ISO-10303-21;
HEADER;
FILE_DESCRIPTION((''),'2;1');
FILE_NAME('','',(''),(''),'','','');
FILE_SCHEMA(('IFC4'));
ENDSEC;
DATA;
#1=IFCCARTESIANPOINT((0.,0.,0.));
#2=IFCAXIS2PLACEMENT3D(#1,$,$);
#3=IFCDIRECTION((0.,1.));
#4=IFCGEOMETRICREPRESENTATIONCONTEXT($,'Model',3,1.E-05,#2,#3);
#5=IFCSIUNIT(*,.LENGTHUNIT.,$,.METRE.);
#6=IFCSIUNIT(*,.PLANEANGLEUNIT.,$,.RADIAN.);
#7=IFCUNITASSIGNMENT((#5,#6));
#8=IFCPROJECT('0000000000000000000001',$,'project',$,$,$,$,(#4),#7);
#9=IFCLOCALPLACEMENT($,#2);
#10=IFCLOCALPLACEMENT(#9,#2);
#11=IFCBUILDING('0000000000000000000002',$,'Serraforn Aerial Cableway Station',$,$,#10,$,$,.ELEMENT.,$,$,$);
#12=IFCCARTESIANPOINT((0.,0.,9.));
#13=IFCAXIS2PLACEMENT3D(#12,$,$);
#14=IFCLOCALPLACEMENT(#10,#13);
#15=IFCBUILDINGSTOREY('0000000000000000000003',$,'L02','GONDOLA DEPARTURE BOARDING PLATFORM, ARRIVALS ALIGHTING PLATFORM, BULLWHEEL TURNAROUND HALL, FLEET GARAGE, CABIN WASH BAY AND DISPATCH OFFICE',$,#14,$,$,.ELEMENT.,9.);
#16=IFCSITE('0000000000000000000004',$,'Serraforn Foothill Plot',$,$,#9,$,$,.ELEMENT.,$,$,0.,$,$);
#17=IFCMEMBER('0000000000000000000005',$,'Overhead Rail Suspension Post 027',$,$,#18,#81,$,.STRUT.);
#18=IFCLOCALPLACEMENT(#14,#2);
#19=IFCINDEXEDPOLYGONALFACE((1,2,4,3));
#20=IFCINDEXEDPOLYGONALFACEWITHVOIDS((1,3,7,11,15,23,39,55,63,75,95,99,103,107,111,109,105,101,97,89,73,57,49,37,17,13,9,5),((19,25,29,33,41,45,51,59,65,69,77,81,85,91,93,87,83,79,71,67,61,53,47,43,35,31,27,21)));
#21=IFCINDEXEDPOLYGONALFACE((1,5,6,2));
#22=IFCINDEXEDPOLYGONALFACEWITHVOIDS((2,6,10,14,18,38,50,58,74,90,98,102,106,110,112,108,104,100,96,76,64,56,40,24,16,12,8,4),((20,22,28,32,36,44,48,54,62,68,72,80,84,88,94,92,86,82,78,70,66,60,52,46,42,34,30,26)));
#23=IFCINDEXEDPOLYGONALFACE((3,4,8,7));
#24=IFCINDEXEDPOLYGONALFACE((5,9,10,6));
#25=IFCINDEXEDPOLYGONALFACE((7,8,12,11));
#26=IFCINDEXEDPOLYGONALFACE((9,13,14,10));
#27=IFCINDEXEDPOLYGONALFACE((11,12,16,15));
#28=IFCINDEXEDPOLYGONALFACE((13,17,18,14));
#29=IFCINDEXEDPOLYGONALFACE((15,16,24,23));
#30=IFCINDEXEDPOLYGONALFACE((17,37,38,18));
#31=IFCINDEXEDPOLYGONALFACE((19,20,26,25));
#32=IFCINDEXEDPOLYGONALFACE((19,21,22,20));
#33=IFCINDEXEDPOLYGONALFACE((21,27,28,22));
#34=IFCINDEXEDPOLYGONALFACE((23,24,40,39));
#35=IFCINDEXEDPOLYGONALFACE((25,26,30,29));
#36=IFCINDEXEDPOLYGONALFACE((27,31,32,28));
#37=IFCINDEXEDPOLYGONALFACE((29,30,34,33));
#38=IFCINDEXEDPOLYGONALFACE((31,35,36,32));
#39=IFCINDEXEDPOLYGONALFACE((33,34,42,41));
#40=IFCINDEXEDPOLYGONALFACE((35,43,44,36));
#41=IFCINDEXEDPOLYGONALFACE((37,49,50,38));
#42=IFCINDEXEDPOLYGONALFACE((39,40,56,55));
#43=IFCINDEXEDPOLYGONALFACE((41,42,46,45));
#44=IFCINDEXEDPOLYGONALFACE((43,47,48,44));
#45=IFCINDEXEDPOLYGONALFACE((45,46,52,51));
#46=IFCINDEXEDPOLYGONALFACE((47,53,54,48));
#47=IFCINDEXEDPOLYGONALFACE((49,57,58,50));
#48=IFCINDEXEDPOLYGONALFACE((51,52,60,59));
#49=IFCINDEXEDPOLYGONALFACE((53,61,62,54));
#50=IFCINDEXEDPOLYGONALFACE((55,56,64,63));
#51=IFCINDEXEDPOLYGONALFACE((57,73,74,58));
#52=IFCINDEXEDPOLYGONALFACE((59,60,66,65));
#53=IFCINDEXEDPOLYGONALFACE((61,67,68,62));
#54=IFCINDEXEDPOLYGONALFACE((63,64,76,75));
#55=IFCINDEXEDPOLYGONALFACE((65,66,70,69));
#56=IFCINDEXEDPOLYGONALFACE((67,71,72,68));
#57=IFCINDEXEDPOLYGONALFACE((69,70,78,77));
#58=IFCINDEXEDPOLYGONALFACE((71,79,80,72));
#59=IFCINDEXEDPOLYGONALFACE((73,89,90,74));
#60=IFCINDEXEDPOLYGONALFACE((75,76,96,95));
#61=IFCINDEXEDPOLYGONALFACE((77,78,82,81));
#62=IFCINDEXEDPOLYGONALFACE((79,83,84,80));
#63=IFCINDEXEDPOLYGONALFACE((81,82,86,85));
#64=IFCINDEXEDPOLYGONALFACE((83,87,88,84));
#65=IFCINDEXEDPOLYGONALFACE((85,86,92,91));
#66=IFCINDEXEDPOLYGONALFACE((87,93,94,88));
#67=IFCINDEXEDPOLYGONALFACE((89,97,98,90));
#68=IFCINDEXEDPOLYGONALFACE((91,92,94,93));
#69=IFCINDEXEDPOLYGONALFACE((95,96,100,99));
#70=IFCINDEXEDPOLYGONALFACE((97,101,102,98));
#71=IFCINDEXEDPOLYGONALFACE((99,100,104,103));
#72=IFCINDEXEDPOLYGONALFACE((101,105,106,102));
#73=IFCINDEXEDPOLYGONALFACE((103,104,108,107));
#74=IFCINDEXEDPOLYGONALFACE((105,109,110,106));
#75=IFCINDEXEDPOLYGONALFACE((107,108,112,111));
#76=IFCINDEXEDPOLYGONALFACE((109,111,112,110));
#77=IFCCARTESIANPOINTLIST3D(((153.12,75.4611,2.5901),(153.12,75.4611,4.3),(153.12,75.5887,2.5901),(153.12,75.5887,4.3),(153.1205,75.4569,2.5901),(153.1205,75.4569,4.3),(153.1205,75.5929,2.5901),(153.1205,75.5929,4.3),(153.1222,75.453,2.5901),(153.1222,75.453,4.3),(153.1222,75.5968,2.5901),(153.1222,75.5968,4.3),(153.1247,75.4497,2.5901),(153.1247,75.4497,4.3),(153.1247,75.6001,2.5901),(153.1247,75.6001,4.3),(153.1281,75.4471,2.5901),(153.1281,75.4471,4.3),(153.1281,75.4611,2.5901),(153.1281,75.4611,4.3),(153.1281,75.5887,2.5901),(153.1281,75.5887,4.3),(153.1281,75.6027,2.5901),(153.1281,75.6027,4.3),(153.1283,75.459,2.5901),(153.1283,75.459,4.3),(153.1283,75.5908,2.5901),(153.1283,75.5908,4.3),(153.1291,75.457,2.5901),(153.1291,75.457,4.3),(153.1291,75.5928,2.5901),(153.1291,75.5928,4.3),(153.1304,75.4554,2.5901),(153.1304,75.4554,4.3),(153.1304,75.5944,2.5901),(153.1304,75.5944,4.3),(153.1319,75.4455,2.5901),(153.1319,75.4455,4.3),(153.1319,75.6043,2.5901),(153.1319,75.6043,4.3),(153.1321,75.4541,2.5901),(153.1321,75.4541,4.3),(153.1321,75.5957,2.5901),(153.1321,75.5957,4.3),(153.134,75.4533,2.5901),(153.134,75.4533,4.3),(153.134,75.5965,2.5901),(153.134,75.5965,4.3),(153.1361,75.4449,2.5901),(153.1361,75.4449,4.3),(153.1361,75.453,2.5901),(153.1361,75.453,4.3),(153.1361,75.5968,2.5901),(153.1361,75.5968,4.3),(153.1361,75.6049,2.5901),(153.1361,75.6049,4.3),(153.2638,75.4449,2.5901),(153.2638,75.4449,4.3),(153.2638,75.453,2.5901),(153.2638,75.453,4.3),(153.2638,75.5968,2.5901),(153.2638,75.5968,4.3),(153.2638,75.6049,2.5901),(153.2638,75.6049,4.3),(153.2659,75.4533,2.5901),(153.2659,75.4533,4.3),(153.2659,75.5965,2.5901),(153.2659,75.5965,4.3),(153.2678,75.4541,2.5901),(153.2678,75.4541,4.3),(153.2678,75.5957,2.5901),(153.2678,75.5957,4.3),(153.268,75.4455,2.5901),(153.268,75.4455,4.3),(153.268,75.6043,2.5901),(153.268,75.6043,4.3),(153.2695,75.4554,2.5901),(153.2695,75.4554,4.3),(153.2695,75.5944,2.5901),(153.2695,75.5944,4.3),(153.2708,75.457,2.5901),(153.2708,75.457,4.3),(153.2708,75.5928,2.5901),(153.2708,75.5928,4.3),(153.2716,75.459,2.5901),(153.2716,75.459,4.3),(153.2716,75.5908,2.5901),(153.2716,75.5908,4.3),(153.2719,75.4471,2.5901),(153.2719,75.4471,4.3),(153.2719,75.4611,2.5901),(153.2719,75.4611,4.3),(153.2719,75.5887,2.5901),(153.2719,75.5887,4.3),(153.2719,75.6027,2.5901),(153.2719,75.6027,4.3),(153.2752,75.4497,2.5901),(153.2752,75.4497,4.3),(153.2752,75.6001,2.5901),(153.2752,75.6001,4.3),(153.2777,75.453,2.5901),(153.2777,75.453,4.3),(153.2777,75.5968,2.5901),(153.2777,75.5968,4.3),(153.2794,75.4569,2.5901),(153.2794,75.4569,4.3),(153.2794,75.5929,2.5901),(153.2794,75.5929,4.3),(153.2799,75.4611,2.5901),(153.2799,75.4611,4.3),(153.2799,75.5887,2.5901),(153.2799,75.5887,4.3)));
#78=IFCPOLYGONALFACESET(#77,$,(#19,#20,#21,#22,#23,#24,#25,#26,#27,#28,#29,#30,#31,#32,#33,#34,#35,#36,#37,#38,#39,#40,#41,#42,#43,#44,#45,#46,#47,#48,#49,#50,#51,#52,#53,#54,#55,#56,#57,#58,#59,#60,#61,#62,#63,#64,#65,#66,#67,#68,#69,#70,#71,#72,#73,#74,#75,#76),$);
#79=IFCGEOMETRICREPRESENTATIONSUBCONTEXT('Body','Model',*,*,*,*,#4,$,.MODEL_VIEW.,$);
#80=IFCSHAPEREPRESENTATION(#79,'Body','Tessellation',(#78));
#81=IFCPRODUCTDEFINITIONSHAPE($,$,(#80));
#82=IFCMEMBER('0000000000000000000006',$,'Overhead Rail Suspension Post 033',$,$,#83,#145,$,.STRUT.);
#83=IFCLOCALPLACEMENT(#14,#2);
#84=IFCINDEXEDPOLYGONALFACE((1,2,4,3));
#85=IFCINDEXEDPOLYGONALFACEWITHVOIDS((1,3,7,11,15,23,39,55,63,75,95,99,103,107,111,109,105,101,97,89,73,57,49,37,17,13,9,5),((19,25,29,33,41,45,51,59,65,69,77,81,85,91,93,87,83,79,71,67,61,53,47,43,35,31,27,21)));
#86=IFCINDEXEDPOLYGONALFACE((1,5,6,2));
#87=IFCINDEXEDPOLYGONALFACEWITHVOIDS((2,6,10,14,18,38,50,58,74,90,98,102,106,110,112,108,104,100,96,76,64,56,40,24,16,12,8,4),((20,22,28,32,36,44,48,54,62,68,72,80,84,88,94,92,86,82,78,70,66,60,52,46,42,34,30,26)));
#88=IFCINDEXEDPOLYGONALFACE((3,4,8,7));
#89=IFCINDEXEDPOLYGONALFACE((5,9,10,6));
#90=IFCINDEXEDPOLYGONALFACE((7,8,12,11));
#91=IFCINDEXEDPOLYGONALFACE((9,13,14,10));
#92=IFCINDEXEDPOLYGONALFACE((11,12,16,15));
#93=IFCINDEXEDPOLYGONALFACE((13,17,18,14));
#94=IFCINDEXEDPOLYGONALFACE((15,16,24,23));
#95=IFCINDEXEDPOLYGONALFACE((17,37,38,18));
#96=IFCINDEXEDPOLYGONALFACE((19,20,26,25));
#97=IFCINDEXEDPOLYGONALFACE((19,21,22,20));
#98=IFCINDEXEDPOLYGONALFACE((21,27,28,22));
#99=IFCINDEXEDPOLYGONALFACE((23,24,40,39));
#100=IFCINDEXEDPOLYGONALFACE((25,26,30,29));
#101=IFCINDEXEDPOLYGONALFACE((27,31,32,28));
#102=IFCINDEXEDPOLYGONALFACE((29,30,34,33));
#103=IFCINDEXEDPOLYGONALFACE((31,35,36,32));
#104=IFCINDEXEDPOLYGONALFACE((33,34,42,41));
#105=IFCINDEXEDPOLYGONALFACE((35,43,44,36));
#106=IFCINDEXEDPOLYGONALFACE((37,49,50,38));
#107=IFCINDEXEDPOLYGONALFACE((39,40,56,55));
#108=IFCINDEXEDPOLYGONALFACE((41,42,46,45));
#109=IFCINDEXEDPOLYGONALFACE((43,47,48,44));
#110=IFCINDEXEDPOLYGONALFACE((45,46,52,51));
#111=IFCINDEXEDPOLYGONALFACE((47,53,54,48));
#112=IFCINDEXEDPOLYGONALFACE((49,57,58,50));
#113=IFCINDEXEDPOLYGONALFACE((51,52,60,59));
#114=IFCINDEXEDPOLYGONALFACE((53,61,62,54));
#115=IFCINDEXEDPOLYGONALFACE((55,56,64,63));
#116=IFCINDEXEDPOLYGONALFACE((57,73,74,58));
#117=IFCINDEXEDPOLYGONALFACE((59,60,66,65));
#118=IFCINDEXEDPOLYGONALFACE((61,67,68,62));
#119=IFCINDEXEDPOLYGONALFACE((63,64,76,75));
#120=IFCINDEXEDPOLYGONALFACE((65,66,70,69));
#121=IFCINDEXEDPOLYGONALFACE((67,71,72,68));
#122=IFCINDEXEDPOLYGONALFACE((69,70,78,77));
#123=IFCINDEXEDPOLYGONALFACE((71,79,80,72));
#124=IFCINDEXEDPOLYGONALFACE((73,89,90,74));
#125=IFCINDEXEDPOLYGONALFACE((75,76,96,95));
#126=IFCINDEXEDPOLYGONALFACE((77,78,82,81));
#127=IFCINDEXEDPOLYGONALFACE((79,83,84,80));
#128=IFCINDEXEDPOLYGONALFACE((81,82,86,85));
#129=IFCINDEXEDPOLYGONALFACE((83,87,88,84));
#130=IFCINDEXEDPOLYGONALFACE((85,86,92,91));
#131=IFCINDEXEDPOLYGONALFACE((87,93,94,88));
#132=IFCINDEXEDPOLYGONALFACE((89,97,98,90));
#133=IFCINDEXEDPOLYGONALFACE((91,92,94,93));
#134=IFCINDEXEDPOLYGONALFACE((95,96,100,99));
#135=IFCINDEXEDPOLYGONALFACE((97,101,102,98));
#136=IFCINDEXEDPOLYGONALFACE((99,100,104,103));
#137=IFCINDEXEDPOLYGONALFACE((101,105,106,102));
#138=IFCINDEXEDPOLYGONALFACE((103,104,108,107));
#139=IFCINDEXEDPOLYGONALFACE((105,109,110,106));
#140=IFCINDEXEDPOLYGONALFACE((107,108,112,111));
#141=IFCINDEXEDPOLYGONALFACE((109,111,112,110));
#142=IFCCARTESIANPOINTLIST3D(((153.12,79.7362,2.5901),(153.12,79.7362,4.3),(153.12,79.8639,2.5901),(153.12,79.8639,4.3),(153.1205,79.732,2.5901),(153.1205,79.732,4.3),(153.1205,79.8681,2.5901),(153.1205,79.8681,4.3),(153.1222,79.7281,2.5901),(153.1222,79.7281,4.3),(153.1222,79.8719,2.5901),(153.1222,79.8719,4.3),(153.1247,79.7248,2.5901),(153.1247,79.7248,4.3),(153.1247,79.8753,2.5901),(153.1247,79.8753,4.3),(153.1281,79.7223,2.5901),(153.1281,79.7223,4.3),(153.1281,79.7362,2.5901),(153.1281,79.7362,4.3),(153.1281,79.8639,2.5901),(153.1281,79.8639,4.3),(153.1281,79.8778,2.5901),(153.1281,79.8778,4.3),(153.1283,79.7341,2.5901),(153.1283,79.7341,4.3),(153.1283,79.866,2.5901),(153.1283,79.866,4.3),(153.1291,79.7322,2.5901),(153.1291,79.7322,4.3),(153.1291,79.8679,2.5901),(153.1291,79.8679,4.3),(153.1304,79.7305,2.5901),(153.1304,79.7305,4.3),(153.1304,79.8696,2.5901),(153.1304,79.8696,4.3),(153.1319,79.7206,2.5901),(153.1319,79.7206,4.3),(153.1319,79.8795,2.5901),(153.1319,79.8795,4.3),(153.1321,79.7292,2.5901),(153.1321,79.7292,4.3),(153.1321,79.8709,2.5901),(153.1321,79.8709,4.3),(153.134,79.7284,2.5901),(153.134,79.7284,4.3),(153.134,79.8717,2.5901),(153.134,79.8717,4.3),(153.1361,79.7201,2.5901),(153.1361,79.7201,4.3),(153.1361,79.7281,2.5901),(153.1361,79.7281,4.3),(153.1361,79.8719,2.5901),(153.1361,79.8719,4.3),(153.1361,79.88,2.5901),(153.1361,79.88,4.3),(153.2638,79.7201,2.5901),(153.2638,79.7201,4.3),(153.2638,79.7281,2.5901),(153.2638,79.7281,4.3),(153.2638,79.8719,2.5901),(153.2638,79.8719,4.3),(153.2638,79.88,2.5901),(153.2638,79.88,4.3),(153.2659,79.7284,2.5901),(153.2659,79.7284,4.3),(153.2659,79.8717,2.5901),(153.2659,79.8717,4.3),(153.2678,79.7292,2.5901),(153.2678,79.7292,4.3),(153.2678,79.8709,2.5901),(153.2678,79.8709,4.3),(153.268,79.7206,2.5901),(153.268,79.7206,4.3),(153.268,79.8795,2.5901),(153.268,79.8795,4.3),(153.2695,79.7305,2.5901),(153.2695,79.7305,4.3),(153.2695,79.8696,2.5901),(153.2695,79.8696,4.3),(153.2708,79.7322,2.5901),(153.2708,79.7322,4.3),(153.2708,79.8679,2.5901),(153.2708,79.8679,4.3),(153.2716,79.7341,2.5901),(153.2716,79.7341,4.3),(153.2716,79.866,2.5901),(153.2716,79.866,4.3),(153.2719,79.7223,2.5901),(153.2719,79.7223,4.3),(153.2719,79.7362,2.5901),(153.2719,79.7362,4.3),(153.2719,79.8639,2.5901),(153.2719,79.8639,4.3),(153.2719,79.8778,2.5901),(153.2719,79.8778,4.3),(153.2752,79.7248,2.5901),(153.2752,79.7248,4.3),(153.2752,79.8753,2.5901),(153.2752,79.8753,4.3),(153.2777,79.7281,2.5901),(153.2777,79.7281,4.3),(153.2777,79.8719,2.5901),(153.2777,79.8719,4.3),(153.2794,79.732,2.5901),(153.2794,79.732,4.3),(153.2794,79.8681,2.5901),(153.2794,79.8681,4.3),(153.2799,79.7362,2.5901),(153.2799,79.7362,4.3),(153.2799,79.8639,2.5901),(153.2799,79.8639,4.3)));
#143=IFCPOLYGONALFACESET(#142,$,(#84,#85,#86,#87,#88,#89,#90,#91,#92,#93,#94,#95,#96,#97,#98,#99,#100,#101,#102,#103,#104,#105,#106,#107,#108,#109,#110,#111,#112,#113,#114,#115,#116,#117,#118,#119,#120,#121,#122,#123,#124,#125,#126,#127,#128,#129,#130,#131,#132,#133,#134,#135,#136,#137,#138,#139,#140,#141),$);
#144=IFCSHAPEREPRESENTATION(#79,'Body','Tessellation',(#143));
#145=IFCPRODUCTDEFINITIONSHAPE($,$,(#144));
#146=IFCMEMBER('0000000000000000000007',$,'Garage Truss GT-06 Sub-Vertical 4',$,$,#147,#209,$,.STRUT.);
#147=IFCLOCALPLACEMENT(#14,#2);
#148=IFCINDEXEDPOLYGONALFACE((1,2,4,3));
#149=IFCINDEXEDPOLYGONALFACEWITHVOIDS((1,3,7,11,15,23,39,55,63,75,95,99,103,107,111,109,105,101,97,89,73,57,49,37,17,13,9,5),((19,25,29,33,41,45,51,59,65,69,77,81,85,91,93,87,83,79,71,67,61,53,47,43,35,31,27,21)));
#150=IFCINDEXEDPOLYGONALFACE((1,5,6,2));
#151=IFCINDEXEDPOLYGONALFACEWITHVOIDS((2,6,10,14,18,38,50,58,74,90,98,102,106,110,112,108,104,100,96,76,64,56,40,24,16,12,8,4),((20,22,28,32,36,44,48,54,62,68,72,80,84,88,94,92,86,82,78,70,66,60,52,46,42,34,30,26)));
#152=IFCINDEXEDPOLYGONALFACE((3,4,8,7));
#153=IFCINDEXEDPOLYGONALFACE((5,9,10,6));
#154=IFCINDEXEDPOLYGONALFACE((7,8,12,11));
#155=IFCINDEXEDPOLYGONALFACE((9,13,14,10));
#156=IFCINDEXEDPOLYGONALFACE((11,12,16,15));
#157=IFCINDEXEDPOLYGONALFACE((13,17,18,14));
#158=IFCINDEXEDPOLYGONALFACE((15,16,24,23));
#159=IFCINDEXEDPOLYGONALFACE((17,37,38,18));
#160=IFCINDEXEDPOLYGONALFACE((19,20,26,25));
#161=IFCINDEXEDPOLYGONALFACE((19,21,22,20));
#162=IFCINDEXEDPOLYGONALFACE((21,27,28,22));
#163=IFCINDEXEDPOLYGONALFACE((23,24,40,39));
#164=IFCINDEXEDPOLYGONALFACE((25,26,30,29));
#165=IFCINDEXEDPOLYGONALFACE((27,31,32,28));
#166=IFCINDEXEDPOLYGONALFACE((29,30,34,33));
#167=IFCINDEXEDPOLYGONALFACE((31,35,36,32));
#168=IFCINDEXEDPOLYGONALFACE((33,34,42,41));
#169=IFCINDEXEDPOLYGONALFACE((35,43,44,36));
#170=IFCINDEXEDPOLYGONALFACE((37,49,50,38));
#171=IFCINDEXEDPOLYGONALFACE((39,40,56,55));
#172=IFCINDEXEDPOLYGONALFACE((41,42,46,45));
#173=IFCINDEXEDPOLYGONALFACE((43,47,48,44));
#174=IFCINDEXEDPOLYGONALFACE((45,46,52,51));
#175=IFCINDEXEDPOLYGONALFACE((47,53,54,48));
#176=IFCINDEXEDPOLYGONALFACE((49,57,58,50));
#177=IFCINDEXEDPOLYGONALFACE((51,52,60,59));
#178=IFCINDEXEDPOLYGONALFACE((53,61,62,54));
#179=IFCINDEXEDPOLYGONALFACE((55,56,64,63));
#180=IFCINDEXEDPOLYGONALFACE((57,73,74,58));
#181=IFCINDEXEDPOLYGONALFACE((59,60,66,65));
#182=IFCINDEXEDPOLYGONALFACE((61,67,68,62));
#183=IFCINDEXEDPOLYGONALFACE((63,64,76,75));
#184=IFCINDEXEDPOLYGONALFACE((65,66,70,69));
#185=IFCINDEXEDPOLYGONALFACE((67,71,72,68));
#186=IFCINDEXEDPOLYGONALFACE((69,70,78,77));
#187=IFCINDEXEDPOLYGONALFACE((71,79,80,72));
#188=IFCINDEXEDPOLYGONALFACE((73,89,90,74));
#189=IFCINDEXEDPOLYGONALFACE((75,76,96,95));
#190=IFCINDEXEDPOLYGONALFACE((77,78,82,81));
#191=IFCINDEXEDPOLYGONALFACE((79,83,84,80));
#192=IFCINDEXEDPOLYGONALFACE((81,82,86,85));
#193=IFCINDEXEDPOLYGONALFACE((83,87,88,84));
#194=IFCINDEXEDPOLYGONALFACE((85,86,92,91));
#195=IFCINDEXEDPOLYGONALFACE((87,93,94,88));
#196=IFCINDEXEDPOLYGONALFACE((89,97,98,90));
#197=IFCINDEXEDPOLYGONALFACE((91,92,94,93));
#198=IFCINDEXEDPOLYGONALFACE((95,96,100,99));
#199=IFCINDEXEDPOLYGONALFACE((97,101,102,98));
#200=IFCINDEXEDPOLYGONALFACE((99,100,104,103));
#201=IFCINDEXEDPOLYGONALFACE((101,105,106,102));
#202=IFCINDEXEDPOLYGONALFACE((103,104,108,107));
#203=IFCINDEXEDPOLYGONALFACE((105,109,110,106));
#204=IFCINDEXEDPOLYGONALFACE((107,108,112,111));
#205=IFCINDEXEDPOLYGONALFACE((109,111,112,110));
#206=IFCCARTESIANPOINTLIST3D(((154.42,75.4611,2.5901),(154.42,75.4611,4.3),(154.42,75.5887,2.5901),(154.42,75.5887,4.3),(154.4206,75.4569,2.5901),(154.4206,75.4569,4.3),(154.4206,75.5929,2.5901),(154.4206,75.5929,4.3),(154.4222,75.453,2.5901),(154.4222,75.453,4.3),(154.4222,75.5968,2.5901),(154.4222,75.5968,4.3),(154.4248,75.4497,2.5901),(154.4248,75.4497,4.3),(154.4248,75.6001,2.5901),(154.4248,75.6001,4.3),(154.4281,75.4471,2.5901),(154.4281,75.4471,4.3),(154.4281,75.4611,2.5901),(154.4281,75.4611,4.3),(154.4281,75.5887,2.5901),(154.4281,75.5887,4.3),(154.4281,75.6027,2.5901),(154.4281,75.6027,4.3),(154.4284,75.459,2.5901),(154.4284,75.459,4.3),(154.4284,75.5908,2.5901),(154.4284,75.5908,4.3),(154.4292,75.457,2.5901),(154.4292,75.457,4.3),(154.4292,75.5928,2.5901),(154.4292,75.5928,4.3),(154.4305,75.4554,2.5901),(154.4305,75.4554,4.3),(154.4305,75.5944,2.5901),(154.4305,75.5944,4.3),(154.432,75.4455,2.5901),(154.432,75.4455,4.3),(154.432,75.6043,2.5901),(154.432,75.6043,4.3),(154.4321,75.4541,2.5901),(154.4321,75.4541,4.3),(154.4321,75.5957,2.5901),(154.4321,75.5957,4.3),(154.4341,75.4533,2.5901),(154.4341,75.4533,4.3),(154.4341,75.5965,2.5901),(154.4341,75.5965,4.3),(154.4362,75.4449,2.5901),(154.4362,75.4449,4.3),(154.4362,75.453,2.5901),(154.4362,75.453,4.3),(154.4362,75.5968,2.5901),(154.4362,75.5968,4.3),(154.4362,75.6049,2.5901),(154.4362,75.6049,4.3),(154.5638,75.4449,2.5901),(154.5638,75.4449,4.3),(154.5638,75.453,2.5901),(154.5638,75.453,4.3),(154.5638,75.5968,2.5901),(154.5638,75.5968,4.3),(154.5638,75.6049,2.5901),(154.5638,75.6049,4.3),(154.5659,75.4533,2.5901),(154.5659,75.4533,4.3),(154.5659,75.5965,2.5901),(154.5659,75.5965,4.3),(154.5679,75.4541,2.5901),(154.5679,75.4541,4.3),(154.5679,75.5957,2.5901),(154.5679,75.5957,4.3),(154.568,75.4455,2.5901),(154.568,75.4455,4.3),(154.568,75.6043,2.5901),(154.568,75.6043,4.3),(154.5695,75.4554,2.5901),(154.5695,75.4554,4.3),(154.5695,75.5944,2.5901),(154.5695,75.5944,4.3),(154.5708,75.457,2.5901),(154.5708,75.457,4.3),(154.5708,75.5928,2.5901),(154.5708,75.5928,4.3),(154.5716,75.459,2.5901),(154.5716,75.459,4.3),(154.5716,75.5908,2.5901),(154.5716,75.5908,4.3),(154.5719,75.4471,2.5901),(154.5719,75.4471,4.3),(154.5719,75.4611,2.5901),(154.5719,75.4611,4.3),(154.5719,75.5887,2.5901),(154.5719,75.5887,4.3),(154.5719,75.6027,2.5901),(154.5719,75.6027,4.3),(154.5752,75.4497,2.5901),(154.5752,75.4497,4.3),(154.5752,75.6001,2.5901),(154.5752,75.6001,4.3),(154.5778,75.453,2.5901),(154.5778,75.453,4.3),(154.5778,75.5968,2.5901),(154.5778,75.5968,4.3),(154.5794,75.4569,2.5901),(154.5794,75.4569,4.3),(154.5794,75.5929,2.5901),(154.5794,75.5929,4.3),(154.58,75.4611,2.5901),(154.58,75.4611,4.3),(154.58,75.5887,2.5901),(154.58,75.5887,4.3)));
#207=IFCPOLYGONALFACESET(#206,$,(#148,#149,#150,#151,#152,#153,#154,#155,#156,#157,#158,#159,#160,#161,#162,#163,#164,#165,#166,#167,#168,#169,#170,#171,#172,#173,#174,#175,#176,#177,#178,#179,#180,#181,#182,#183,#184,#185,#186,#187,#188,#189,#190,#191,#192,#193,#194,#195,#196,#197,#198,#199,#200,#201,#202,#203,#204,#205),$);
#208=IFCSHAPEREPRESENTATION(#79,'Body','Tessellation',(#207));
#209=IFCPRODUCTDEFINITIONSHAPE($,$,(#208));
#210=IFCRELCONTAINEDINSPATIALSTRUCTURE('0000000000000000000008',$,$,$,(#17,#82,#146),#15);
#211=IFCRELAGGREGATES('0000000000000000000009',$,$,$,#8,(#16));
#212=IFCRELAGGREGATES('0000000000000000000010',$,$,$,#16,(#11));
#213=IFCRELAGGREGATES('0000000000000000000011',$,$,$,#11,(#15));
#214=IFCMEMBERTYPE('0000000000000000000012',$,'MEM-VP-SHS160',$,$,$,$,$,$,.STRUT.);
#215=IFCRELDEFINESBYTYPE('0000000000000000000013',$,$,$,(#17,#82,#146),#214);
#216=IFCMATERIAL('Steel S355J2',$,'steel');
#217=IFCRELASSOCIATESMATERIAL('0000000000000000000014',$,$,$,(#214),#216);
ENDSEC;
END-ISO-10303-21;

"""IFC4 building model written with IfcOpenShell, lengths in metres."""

from ifc_helpers import new_model, si_unit, direction, frame, origin, origin_2d, place, context, subcontext, project, spatial, hollow_rectangle, extrude, material, material_profile, profile_set, type_object, element, save


model = new_model("IFC4")

# Units and contexts
model_context = context("Model", 3, precision=1e-05, world=origin(), true_north=direction((0.0, 1.0)))
body_context = subcontext(model_context, "Body", "Model", "MODEL_VIEW")
ifc_project = project(units=[si_unit("LENGTHUNIT", "METRE"), si_unit("PLANEANGLEUNIT", "RADIAN")], contexts=[model_context])

# Site, building, storey
site_placement = place(None, origin())
site = spatial("IfcSite", under=ifc_project, at=site_placement, Name="Serraforn Foothill Plot", CompositionType="ELEMENT", RefElevation=0.0)
building_placement = place(site_placement, origin())
building = spatial("IfcBuilding", under=site, at=building_placement, Name="Serraforn Aerial Cableway Station", CompositionType="ELEMENT")
storey_placement = place(building_placement, frame((0.0, 0.0, 9.0)))
storey = spatial("IfcBuildingStorey", under=building, at=storey_placement, Name="L02", Description="GONDOLA DEPARTURE BOARDING PLATFORM, ARRIVALS ALIGHTING PLATFORM, BULLWHEEL TURNAROUND HALL, FLEET GARAGE, CABIN WASH BAY AND DISPATCH OFFICE", CompositionType="ELEMENT", Elevation=9.0)

# Members
ifc_material_1 = material(Name="Steel S355J2", Category="steel")
ifc_material_profile_1 = material_profile(ifc_material_1, hollow_rectangle(XDim=0.1599, YDim=0.1599, WallThickness=0.0081, InnerFilletRadius=0.0081, OuterFilletRadius=0.0161, at=origin_2d()), Name="SHS 160x160x8.0")
ifc_profile_set_1 = profile_set([ifc_material_profile_1], Name="Steel S355J2")
member_type_1 = type_object("IfcMemberType", Name="MEM-VP-SHS160", PredefinedType="STRUT", material=ifc_profile_set_1)
for number, where, z_axis, x_axis, name in (
    (1, (153.2, 75.5249, 2.5901), (0.0, 0.0, 1.0), (1.0, 0.0, 0.0), "Overhead Rail Suspension Post 027"),
    (2, (153.2, 79.8, 2.5901), (0.0, 0.0, 1.0), (1.0, 0.0, 0.0), "Overhead Rail Suspension Post 033"),
    (3, (154.5, 75.5249, 2.5901), (0.0, 0.0, 1.0), (1.0, 0.0, 0.0), "Garage Truss GT-06 Sub-Vertical 4"),
):
    element("IfcMember", number, at=place(storey_placement, frame(where, z_axis=z_axis, x_axis=x_axis)), inside=storey, type_object=member_type_1, Name=name, PredefinedType="STRUT", context=body_context, shape_type="SweptSolid", body=[
        extrude(hollow_rectangle(XDim=0.1599, YDim=0.1599, WallThickness=0.0081, InnerFilletRadius=0.0081, OuterFilletRadius=0.0161, at=origin_2d()), origin(), (0.0, 0.0, 1.0), 1.71),
    ])

save(model, "model.ifc")
